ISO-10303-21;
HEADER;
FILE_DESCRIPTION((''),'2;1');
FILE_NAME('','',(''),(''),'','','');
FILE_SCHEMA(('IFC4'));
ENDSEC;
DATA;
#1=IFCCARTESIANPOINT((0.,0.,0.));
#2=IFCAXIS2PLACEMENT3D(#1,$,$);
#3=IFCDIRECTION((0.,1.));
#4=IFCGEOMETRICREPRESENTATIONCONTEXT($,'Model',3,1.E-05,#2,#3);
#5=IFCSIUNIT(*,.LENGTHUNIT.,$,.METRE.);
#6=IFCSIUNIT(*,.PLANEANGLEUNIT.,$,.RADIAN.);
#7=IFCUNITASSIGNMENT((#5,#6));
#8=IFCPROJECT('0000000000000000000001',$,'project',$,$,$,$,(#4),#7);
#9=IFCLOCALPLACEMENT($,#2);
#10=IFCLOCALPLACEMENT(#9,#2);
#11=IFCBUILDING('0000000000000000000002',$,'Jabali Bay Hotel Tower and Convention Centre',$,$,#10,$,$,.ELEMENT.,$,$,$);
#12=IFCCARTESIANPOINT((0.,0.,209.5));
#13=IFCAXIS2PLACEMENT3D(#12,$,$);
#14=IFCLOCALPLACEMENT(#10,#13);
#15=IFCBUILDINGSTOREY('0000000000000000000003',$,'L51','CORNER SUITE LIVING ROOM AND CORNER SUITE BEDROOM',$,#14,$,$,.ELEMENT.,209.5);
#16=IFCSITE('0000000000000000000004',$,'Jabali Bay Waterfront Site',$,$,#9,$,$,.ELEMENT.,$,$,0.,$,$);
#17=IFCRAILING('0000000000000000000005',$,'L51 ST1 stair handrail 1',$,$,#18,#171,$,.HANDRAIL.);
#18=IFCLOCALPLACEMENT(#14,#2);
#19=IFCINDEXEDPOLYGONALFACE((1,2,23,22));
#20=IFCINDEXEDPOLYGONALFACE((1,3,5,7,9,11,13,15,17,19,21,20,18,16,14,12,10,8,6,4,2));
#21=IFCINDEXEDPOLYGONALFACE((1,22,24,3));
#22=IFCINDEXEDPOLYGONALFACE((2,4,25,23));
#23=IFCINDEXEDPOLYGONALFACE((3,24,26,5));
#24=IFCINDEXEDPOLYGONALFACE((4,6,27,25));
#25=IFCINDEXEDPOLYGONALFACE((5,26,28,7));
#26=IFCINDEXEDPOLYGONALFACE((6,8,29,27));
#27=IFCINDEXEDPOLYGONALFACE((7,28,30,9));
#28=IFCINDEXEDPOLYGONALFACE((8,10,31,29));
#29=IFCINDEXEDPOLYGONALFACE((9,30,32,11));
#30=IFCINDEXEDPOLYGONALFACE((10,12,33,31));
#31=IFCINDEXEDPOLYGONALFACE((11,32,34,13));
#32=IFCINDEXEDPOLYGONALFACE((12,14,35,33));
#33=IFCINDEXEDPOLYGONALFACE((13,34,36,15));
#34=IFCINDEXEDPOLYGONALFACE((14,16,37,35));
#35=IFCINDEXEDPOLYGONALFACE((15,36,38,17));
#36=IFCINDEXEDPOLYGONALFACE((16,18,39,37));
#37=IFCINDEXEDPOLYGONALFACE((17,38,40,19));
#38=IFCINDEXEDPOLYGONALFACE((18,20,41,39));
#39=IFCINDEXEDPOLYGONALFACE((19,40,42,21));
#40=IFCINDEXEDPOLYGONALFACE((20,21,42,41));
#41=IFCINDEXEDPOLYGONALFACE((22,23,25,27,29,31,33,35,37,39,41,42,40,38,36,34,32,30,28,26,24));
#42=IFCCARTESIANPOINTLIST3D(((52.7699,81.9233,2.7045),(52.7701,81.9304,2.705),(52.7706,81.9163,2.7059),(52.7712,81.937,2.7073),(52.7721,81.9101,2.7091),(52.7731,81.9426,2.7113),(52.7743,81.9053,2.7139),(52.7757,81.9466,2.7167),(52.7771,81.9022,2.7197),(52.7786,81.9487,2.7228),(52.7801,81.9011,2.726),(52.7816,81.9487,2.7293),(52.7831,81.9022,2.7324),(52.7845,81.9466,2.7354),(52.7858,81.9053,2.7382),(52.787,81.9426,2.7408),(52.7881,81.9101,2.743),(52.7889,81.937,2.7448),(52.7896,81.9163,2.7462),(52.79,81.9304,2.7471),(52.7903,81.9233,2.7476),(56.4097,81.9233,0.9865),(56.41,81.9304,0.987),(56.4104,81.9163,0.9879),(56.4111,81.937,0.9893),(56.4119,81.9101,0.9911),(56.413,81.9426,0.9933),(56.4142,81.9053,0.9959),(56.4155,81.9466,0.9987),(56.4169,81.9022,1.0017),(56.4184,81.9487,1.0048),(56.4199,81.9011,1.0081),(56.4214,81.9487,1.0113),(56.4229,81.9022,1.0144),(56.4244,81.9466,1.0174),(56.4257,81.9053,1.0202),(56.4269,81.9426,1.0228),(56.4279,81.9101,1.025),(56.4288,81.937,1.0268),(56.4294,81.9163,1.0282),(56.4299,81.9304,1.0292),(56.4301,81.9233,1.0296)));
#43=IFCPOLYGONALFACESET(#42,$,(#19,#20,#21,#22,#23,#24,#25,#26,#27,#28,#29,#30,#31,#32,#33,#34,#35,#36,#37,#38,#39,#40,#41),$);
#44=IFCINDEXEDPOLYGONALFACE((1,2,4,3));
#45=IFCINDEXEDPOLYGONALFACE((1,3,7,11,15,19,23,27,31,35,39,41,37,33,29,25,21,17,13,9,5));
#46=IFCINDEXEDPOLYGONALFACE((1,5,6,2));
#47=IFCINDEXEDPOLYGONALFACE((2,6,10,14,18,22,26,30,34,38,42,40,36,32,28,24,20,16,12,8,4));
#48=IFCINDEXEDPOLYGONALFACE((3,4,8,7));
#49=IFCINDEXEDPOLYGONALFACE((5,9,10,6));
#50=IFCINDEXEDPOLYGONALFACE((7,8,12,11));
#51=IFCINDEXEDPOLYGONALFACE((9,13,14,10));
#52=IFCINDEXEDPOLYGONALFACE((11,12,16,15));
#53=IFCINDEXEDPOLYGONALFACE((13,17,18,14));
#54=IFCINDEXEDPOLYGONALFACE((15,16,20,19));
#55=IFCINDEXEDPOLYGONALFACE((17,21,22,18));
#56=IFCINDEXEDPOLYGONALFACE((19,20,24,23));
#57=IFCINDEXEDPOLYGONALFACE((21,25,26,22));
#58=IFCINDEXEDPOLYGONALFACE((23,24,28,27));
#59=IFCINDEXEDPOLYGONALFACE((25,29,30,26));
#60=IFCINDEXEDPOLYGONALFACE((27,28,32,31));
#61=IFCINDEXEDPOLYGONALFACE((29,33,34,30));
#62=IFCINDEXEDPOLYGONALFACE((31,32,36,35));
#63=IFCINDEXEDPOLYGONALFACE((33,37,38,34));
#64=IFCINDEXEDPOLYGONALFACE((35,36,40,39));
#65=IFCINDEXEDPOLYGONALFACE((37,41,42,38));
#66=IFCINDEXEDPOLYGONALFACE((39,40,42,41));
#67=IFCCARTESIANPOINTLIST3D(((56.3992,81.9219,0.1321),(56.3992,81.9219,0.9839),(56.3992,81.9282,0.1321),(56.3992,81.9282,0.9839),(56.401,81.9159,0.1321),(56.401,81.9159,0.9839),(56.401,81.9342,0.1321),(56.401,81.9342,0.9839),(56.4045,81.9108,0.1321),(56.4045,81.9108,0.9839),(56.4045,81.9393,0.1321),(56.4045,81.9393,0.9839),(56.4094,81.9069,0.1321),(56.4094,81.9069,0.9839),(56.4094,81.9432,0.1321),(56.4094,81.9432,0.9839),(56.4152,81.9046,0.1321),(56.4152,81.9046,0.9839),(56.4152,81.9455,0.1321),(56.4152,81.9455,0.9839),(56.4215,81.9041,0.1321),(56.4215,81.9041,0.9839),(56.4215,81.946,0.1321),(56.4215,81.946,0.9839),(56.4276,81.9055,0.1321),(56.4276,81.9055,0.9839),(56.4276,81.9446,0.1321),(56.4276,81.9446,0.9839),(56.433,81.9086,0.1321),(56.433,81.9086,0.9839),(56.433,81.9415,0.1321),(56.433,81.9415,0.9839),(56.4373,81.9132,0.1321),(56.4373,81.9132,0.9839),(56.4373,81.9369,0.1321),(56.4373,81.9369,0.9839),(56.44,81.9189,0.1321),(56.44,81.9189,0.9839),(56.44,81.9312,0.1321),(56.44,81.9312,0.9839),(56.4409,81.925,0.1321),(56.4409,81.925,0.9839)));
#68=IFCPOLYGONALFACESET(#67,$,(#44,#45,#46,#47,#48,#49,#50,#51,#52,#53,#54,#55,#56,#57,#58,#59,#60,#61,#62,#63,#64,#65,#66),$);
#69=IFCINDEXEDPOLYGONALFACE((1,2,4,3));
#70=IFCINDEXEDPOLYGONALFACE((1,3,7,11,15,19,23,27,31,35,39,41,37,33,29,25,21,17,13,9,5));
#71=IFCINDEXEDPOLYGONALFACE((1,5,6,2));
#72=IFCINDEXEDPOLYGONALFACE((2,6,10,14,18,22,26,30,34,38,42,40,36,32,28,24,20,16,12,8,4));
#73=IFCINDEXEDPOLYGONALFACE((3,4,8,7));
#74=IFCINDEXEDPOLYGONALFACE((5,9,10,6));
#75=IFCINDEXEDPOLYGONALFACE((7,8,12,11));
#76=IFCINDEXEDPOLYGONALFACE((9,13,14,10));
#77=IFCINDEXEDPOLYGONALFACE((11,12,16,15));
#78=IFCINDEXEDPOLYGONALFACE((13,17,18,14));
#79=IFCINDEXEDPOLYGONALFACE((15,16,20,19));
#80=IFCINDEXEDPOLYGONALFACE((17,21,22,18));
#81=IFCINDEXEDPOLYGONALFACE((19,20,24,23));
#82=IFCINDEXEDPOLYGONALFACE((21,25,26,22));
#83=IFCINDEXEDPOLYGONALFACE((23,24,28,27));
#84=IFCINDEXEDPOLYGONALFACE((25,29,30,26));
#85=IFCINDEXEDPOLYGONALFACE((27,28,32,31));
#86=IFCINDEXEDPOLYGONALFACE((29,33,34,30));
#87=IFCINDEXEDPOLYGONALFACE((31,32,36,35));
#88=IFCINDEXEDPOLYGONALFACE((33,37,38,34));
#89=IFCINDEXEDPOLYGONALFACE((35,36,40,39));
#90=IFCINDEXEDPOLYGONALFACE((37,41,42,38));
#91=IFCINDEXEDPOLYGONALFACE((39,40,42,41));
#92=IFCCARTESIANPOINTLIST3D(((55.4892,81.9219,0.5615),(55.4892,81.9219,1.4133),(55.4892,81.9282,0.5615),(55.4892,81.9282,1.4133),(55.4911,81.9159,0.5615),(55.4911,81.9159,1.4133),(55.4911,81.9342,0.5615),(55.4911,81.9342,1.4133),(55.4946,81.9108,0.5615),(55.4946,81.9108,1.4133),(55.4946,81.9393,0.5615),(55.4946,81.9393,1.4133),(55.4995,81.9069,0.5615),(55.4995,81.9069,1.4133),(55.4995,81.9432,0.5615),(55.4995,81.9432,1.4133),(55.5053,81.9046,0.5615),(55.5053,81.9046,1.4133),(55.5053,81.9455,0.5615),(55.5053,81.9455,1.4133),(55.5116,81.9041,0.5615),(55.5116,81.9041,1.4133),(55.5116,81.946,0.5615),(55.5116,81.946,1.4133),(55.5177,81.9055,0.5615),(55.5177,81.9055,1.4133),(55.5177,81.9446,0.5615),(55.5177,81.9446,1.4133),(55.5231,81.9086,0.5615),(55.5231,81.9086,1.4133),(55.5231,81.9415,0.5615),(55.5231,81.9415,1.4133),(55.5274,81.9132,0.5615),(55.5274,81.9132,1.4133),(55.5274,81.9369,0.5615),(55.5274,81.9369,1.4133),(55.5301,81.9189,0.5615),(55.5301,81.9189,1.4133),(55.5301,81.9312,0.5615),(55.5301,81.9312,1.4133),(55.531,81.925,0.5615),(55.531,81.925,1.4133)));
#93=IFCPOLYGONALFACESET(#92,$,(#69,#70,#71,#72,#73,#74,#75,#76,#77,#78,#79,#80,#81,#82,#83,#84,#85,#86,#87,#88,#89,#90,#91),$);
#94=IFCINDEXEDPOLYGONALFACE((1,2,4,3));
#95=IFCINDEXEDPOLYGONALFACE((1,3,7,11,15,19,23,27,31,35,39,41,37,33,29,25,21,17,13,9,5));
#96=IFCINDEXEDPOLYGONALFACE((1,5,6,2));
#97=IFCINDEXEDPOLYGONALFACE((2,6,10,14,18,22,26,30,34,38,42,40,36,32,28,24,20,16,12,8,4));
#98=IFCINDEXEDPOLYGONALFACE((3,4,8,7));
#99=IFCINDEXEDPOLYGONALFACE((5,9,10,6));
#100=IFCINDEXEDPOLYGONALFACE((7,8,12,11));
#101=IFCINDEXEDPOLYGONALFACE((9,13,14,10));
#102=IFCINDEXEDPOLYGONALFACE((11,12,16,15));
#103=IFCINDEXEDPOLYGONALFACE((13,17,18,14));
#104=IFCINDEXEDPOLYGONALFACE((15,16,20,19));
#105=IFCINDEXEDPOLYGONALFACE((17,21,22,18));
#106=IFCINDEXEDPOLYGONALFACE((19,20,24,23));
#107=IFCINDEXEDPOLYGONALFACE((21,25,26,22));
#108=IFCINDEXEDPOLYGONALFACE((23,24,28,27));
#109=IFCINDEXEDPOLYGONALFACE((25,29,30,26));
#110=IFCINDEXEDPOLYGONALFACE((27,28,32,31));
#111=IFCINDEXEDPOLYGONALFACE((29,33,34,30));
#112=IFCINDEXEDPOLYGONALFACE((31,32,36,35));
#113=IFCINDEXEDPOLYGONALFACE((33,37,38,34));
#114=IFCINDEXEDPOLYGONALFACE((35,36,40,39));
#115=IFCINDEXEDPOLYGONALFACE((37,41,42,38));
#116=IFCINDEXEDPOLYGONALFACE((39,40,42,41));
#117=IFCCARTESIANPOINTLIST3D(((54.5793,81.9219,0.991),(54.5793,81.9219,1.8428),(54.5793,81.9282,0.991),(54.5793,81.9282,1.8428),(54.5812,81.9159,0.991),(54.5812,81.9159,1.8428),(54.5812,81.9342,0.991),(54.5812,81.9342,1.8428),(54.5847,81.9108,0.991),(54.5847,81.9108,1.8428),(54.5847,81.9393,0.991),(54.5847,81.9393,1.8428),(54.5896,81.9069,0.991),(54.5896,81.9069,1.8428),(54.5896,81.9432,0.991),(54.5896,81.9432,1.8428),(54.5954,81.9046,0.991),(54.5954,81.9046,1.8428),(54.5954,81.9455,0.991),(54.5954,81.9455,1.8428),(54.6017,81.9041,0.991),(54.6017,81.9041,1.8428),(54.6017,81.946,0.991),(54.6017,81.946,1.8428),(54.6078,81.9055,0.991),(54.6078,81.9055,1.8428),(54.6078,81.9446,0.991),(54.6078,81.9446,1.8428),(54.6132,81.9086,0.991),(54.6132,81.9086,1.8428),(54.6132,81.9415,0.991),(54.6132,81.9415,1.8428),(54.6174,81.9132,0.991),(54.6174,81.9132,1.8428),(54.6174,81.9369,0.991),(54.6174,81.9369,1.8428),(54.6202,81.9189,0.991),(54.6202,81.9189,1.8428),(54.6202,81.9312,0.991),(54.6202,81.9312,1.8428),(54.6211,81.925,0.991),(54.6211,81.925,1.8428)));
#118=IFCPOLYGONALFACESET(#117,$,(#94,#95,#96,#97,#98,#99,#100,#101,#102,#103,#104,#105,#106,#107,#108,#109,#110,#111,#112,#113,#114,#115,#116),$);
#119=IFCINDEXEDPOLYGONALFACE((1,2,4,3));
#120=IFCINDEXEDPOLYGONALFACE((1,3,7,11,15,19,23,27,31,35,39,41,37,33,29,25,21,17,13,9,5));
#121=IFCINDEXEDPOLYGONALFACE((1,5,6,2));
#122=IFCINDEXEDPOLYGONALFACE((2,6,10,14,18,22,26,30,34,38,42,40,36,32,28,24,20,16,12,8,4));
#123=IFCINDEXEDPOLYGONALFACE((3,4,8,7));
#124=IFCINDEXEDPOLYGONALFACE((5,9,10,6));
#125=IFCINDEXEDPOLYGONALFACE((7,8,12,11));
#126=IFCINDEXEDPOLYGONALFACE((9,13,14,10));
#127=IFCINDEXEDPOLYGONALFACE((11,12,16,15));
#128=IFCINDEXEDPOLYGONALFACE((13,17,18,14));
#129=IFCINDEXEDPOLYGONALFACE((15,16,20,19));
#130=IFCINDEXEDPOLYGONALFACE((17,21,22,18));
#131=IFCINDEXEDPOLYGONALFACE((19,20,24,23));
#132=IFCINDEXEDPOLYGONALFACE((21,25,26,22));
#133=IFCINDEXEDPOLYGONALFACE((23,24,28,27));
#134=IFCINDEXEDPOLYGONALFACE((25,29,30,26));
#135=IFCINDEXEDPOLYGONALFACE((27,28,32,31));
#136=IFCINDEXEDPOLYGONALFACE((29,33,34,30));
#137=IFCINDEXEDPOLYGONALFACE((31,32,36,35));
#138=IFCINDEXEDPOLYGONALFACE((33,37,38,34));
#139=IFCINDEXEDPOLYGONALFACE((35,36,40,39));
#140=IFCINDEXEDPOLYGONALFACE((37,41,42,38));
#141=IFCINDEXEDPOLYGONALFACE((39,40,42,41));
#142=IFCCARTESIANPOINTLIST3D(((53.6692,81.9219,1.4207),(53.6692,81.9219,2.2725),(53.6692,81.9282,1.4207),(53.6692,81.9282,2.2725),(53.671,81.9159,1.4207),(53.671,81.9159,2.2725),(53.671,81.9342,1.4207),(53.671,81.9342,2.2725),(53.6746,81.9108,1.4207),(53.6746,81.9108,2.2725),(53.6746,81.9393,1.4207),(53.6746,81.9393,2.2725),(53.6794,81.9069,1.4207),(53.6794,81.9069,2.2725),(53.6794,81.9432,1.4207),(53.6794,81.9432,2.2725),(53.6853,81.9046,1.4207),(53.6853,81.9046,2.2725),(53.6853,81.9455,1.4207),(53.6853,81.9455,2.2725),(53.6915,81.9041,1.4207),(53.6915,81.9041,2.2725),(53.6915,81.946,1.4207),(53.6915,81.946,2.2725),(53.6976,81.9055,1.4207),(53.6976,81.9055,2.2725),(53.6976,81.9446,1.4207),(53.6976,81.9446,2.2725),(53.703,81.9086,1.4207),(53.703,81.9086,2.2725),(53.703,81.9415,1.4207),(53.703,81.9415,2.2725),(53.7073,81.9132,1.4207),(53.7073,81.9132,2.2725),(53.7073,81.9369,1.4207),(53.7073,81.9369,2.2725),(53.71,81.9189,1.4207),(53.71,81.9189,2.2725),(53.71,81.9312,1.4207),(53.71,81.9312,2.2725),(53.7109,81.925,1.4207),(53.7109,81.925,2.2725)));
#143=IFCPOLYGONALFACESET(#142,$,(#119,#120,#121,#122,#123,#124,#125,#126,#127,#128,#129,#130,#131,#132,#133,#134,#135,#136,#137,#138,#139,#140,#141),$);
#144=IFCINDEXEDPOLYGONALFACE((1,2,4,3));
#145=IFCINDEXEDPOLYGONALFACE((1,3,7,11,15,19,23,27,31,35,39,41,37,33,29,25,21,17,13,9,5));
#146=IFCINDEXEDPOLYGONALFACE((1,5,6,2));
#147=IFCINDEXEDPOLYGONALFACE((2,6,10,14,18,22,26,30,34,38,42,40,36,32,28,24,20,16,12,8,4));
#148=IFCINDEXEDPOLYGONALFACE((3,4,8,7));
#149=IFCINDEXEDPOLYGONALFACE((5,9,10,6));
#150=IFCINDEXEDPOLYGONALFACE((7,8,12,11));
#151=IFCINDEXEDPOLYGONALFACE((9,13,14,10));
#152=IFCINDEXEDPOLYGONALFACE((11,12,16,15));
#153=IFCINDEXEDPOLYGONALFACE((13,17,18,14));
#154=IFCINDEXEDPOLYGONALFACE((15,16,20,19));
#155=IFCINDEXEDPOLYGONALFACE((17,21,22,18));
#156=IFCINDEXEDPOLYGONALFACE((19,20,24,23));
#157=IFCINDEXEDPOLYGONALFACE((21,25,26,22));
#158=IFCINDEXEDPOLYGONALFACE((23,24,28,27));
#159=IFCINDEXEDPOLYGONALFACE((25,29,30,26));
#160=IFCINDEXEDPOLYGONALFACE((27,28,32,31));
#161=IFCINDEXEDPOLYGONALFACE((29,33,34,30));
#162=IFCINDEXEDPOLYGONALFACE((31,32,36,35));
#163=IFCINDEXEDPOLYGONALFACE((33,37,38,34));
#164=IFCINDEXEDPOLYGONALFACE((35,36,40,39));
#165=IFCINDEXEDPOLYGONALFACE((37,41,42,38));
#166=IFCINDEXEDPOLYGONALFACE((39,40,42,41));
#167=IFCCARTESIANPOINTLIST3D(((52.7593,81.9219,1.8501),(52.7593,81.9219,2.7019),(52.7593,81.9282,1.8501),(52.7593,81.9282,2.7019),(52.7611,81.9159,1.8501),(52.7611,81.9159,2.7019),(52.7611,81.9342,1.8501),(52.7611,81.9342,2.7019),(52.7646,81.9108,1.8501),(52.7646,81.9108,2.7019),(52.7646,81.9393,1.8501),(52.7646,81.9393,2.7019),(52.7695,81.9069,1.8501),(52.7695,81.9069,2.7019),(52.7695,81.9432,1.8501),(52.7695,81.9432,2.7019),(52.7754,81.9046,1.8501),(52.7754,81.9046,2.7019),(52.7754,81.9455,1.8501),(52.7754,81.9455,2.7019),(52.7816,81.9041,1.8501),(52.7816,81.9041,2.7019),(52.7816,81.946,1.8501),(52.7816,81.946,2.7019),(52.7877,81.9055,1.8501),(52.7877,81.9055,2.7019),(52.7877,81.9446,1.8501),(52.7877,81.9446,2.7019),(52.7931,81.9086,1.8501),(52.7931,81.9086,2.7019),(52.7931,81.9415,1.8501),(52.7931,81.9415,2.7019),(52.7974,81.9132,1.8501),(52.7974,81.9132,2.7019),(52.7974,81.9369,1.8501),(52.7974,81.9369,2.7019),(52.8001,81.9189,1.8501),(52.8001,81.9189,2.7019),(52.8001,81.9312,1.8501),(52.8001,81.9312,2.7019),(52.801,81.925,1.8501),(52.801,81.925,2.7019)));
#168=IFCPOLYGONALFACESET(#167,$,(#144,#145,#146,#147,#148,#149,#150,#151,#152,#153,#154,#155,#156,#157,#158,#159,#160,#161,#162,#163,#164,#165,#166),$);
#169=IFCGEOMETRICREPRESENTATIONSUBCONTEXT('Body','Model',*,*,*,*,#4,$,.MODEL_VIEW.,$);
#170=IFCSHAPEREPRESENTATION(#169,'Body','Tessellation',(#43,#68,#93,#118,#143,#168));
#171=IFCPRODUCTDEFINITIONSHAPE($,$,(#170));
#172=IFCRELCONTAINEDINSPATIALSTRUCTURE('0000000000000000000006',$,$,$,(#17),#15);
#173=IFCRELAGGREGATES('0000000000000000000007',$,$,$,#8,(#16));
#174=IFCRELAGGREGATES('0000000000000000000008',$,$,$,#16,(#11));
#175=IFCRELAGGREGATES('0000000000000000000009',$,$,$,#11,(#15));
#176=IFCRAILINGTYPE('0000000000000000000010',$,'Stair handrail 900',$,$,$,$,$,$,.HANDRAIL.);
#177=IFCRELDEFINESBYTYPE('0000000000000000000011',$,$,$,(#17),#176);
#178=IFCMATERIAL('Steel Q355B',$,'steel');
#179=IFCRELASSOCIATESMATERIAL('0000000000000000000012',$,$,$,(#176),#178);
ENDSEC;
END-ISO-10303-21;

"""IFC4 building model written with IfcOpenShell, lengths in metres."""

from ifc_helpers import new_model, si_unit, direction, frame, origin, origin_2d, place, context, subcontext, project, spatial, circle, extrude, material, type_object, element, save


model = new_model("IFC4")

# Units and contexts
model_context = context("Model", 3, precision=1e-05, world=origin(), true_north=direction((0.0, 1.0)))
body_context = subcontext(model_context, "Body", "Model", "MODEL_VIEW")
ifc_project = project(units=[si_unit("LENGTHUNIT", "METRE"), si_unit("PLANEANGLEUNIT", "RADIAN")], contexts=[model_context])

# Site, building, storey
site_placement = place(None, origin())
site = spatial("IfcSite", under=ifc_project, at=site_placement, Name="Jabali Bay Waterfront Site", CompositionType="ELEMENT", RefElevation=0.0)
building_placement = place(site_placement, origin())
building = spatial("IfcBuilding", under=site, at=building_placement, Name="Jabali Bay Hotel Tower and Convention Centre", CompositionType="ELEMENT")
storey_placement = place(building_placement, frame((0.0, 0.0, 209.5)))
storey = spatial("IfcBuildingStorey", under=building, at=storey_placement, Name="L51", Description="CORNER SUITE LIVING ROOM AND CORNER SUITE BEDROOM", CompositionType="ELEMENT", Elevation=209.5)

# Railing
ifc_material_1 = material(Name="Steel Q355B", Category="steel")
railing_type_1 = type_object("IfcRailingType", Name="Stair handrail 900", PredefinedType="HANDRAIL", material=ifc_material_1)
railing_1_placement = place(storey_placement, frame((56.4199, 81.925, 0.1321)))
element("IfcRailing", 1, at=railing_1_placement, inside=storey, type_object=railing_type_1, Name="L51 ST1 stair handrail 1", PredefinedType="HANDRAIL", context=body_context, shape_type="SweptSolid", body=[
    extrude(circle(Radius=0.0239, at=origin_2d()), frame((0.0, 0.0, 0.876), z_axis=(-0.904327, 0.0, 0.42684), x_axis=(0.0, -1.0, 0.0)), (0.0, 0.0, 1.0), 4.0249),
    extrude(circle(Radius=0.021, at=origin_2d()), origin(), (0.0, 0.0, 1.0), 0.8518),
    extrude(circle(Radius=0.021, at=origin_2d()), frame((-0.9099, 0.0, 0.4294)), (0.0, 0.0, 1.0), 0.8518),
    extrude(circle(Radius=0.021, at=origin_2d()), frame((-1.8198, 0.0, 0.8589)), (0.0, 0.0, 1.0), 0.8518),
    extrude(circle(Radius=0.021, at=origin_2d()), frame((-2.73, 0.0, 1.2886)), (0.0, 0.0, 1.0), 0.8518),
    extrude(circle(Radius=0.021, at=origin_2d()), frame((-3.6399, 0.0, 1.718)), (0.0, 0.0, 1.0), 0.8518),
])

save(model, "model.ifc")
